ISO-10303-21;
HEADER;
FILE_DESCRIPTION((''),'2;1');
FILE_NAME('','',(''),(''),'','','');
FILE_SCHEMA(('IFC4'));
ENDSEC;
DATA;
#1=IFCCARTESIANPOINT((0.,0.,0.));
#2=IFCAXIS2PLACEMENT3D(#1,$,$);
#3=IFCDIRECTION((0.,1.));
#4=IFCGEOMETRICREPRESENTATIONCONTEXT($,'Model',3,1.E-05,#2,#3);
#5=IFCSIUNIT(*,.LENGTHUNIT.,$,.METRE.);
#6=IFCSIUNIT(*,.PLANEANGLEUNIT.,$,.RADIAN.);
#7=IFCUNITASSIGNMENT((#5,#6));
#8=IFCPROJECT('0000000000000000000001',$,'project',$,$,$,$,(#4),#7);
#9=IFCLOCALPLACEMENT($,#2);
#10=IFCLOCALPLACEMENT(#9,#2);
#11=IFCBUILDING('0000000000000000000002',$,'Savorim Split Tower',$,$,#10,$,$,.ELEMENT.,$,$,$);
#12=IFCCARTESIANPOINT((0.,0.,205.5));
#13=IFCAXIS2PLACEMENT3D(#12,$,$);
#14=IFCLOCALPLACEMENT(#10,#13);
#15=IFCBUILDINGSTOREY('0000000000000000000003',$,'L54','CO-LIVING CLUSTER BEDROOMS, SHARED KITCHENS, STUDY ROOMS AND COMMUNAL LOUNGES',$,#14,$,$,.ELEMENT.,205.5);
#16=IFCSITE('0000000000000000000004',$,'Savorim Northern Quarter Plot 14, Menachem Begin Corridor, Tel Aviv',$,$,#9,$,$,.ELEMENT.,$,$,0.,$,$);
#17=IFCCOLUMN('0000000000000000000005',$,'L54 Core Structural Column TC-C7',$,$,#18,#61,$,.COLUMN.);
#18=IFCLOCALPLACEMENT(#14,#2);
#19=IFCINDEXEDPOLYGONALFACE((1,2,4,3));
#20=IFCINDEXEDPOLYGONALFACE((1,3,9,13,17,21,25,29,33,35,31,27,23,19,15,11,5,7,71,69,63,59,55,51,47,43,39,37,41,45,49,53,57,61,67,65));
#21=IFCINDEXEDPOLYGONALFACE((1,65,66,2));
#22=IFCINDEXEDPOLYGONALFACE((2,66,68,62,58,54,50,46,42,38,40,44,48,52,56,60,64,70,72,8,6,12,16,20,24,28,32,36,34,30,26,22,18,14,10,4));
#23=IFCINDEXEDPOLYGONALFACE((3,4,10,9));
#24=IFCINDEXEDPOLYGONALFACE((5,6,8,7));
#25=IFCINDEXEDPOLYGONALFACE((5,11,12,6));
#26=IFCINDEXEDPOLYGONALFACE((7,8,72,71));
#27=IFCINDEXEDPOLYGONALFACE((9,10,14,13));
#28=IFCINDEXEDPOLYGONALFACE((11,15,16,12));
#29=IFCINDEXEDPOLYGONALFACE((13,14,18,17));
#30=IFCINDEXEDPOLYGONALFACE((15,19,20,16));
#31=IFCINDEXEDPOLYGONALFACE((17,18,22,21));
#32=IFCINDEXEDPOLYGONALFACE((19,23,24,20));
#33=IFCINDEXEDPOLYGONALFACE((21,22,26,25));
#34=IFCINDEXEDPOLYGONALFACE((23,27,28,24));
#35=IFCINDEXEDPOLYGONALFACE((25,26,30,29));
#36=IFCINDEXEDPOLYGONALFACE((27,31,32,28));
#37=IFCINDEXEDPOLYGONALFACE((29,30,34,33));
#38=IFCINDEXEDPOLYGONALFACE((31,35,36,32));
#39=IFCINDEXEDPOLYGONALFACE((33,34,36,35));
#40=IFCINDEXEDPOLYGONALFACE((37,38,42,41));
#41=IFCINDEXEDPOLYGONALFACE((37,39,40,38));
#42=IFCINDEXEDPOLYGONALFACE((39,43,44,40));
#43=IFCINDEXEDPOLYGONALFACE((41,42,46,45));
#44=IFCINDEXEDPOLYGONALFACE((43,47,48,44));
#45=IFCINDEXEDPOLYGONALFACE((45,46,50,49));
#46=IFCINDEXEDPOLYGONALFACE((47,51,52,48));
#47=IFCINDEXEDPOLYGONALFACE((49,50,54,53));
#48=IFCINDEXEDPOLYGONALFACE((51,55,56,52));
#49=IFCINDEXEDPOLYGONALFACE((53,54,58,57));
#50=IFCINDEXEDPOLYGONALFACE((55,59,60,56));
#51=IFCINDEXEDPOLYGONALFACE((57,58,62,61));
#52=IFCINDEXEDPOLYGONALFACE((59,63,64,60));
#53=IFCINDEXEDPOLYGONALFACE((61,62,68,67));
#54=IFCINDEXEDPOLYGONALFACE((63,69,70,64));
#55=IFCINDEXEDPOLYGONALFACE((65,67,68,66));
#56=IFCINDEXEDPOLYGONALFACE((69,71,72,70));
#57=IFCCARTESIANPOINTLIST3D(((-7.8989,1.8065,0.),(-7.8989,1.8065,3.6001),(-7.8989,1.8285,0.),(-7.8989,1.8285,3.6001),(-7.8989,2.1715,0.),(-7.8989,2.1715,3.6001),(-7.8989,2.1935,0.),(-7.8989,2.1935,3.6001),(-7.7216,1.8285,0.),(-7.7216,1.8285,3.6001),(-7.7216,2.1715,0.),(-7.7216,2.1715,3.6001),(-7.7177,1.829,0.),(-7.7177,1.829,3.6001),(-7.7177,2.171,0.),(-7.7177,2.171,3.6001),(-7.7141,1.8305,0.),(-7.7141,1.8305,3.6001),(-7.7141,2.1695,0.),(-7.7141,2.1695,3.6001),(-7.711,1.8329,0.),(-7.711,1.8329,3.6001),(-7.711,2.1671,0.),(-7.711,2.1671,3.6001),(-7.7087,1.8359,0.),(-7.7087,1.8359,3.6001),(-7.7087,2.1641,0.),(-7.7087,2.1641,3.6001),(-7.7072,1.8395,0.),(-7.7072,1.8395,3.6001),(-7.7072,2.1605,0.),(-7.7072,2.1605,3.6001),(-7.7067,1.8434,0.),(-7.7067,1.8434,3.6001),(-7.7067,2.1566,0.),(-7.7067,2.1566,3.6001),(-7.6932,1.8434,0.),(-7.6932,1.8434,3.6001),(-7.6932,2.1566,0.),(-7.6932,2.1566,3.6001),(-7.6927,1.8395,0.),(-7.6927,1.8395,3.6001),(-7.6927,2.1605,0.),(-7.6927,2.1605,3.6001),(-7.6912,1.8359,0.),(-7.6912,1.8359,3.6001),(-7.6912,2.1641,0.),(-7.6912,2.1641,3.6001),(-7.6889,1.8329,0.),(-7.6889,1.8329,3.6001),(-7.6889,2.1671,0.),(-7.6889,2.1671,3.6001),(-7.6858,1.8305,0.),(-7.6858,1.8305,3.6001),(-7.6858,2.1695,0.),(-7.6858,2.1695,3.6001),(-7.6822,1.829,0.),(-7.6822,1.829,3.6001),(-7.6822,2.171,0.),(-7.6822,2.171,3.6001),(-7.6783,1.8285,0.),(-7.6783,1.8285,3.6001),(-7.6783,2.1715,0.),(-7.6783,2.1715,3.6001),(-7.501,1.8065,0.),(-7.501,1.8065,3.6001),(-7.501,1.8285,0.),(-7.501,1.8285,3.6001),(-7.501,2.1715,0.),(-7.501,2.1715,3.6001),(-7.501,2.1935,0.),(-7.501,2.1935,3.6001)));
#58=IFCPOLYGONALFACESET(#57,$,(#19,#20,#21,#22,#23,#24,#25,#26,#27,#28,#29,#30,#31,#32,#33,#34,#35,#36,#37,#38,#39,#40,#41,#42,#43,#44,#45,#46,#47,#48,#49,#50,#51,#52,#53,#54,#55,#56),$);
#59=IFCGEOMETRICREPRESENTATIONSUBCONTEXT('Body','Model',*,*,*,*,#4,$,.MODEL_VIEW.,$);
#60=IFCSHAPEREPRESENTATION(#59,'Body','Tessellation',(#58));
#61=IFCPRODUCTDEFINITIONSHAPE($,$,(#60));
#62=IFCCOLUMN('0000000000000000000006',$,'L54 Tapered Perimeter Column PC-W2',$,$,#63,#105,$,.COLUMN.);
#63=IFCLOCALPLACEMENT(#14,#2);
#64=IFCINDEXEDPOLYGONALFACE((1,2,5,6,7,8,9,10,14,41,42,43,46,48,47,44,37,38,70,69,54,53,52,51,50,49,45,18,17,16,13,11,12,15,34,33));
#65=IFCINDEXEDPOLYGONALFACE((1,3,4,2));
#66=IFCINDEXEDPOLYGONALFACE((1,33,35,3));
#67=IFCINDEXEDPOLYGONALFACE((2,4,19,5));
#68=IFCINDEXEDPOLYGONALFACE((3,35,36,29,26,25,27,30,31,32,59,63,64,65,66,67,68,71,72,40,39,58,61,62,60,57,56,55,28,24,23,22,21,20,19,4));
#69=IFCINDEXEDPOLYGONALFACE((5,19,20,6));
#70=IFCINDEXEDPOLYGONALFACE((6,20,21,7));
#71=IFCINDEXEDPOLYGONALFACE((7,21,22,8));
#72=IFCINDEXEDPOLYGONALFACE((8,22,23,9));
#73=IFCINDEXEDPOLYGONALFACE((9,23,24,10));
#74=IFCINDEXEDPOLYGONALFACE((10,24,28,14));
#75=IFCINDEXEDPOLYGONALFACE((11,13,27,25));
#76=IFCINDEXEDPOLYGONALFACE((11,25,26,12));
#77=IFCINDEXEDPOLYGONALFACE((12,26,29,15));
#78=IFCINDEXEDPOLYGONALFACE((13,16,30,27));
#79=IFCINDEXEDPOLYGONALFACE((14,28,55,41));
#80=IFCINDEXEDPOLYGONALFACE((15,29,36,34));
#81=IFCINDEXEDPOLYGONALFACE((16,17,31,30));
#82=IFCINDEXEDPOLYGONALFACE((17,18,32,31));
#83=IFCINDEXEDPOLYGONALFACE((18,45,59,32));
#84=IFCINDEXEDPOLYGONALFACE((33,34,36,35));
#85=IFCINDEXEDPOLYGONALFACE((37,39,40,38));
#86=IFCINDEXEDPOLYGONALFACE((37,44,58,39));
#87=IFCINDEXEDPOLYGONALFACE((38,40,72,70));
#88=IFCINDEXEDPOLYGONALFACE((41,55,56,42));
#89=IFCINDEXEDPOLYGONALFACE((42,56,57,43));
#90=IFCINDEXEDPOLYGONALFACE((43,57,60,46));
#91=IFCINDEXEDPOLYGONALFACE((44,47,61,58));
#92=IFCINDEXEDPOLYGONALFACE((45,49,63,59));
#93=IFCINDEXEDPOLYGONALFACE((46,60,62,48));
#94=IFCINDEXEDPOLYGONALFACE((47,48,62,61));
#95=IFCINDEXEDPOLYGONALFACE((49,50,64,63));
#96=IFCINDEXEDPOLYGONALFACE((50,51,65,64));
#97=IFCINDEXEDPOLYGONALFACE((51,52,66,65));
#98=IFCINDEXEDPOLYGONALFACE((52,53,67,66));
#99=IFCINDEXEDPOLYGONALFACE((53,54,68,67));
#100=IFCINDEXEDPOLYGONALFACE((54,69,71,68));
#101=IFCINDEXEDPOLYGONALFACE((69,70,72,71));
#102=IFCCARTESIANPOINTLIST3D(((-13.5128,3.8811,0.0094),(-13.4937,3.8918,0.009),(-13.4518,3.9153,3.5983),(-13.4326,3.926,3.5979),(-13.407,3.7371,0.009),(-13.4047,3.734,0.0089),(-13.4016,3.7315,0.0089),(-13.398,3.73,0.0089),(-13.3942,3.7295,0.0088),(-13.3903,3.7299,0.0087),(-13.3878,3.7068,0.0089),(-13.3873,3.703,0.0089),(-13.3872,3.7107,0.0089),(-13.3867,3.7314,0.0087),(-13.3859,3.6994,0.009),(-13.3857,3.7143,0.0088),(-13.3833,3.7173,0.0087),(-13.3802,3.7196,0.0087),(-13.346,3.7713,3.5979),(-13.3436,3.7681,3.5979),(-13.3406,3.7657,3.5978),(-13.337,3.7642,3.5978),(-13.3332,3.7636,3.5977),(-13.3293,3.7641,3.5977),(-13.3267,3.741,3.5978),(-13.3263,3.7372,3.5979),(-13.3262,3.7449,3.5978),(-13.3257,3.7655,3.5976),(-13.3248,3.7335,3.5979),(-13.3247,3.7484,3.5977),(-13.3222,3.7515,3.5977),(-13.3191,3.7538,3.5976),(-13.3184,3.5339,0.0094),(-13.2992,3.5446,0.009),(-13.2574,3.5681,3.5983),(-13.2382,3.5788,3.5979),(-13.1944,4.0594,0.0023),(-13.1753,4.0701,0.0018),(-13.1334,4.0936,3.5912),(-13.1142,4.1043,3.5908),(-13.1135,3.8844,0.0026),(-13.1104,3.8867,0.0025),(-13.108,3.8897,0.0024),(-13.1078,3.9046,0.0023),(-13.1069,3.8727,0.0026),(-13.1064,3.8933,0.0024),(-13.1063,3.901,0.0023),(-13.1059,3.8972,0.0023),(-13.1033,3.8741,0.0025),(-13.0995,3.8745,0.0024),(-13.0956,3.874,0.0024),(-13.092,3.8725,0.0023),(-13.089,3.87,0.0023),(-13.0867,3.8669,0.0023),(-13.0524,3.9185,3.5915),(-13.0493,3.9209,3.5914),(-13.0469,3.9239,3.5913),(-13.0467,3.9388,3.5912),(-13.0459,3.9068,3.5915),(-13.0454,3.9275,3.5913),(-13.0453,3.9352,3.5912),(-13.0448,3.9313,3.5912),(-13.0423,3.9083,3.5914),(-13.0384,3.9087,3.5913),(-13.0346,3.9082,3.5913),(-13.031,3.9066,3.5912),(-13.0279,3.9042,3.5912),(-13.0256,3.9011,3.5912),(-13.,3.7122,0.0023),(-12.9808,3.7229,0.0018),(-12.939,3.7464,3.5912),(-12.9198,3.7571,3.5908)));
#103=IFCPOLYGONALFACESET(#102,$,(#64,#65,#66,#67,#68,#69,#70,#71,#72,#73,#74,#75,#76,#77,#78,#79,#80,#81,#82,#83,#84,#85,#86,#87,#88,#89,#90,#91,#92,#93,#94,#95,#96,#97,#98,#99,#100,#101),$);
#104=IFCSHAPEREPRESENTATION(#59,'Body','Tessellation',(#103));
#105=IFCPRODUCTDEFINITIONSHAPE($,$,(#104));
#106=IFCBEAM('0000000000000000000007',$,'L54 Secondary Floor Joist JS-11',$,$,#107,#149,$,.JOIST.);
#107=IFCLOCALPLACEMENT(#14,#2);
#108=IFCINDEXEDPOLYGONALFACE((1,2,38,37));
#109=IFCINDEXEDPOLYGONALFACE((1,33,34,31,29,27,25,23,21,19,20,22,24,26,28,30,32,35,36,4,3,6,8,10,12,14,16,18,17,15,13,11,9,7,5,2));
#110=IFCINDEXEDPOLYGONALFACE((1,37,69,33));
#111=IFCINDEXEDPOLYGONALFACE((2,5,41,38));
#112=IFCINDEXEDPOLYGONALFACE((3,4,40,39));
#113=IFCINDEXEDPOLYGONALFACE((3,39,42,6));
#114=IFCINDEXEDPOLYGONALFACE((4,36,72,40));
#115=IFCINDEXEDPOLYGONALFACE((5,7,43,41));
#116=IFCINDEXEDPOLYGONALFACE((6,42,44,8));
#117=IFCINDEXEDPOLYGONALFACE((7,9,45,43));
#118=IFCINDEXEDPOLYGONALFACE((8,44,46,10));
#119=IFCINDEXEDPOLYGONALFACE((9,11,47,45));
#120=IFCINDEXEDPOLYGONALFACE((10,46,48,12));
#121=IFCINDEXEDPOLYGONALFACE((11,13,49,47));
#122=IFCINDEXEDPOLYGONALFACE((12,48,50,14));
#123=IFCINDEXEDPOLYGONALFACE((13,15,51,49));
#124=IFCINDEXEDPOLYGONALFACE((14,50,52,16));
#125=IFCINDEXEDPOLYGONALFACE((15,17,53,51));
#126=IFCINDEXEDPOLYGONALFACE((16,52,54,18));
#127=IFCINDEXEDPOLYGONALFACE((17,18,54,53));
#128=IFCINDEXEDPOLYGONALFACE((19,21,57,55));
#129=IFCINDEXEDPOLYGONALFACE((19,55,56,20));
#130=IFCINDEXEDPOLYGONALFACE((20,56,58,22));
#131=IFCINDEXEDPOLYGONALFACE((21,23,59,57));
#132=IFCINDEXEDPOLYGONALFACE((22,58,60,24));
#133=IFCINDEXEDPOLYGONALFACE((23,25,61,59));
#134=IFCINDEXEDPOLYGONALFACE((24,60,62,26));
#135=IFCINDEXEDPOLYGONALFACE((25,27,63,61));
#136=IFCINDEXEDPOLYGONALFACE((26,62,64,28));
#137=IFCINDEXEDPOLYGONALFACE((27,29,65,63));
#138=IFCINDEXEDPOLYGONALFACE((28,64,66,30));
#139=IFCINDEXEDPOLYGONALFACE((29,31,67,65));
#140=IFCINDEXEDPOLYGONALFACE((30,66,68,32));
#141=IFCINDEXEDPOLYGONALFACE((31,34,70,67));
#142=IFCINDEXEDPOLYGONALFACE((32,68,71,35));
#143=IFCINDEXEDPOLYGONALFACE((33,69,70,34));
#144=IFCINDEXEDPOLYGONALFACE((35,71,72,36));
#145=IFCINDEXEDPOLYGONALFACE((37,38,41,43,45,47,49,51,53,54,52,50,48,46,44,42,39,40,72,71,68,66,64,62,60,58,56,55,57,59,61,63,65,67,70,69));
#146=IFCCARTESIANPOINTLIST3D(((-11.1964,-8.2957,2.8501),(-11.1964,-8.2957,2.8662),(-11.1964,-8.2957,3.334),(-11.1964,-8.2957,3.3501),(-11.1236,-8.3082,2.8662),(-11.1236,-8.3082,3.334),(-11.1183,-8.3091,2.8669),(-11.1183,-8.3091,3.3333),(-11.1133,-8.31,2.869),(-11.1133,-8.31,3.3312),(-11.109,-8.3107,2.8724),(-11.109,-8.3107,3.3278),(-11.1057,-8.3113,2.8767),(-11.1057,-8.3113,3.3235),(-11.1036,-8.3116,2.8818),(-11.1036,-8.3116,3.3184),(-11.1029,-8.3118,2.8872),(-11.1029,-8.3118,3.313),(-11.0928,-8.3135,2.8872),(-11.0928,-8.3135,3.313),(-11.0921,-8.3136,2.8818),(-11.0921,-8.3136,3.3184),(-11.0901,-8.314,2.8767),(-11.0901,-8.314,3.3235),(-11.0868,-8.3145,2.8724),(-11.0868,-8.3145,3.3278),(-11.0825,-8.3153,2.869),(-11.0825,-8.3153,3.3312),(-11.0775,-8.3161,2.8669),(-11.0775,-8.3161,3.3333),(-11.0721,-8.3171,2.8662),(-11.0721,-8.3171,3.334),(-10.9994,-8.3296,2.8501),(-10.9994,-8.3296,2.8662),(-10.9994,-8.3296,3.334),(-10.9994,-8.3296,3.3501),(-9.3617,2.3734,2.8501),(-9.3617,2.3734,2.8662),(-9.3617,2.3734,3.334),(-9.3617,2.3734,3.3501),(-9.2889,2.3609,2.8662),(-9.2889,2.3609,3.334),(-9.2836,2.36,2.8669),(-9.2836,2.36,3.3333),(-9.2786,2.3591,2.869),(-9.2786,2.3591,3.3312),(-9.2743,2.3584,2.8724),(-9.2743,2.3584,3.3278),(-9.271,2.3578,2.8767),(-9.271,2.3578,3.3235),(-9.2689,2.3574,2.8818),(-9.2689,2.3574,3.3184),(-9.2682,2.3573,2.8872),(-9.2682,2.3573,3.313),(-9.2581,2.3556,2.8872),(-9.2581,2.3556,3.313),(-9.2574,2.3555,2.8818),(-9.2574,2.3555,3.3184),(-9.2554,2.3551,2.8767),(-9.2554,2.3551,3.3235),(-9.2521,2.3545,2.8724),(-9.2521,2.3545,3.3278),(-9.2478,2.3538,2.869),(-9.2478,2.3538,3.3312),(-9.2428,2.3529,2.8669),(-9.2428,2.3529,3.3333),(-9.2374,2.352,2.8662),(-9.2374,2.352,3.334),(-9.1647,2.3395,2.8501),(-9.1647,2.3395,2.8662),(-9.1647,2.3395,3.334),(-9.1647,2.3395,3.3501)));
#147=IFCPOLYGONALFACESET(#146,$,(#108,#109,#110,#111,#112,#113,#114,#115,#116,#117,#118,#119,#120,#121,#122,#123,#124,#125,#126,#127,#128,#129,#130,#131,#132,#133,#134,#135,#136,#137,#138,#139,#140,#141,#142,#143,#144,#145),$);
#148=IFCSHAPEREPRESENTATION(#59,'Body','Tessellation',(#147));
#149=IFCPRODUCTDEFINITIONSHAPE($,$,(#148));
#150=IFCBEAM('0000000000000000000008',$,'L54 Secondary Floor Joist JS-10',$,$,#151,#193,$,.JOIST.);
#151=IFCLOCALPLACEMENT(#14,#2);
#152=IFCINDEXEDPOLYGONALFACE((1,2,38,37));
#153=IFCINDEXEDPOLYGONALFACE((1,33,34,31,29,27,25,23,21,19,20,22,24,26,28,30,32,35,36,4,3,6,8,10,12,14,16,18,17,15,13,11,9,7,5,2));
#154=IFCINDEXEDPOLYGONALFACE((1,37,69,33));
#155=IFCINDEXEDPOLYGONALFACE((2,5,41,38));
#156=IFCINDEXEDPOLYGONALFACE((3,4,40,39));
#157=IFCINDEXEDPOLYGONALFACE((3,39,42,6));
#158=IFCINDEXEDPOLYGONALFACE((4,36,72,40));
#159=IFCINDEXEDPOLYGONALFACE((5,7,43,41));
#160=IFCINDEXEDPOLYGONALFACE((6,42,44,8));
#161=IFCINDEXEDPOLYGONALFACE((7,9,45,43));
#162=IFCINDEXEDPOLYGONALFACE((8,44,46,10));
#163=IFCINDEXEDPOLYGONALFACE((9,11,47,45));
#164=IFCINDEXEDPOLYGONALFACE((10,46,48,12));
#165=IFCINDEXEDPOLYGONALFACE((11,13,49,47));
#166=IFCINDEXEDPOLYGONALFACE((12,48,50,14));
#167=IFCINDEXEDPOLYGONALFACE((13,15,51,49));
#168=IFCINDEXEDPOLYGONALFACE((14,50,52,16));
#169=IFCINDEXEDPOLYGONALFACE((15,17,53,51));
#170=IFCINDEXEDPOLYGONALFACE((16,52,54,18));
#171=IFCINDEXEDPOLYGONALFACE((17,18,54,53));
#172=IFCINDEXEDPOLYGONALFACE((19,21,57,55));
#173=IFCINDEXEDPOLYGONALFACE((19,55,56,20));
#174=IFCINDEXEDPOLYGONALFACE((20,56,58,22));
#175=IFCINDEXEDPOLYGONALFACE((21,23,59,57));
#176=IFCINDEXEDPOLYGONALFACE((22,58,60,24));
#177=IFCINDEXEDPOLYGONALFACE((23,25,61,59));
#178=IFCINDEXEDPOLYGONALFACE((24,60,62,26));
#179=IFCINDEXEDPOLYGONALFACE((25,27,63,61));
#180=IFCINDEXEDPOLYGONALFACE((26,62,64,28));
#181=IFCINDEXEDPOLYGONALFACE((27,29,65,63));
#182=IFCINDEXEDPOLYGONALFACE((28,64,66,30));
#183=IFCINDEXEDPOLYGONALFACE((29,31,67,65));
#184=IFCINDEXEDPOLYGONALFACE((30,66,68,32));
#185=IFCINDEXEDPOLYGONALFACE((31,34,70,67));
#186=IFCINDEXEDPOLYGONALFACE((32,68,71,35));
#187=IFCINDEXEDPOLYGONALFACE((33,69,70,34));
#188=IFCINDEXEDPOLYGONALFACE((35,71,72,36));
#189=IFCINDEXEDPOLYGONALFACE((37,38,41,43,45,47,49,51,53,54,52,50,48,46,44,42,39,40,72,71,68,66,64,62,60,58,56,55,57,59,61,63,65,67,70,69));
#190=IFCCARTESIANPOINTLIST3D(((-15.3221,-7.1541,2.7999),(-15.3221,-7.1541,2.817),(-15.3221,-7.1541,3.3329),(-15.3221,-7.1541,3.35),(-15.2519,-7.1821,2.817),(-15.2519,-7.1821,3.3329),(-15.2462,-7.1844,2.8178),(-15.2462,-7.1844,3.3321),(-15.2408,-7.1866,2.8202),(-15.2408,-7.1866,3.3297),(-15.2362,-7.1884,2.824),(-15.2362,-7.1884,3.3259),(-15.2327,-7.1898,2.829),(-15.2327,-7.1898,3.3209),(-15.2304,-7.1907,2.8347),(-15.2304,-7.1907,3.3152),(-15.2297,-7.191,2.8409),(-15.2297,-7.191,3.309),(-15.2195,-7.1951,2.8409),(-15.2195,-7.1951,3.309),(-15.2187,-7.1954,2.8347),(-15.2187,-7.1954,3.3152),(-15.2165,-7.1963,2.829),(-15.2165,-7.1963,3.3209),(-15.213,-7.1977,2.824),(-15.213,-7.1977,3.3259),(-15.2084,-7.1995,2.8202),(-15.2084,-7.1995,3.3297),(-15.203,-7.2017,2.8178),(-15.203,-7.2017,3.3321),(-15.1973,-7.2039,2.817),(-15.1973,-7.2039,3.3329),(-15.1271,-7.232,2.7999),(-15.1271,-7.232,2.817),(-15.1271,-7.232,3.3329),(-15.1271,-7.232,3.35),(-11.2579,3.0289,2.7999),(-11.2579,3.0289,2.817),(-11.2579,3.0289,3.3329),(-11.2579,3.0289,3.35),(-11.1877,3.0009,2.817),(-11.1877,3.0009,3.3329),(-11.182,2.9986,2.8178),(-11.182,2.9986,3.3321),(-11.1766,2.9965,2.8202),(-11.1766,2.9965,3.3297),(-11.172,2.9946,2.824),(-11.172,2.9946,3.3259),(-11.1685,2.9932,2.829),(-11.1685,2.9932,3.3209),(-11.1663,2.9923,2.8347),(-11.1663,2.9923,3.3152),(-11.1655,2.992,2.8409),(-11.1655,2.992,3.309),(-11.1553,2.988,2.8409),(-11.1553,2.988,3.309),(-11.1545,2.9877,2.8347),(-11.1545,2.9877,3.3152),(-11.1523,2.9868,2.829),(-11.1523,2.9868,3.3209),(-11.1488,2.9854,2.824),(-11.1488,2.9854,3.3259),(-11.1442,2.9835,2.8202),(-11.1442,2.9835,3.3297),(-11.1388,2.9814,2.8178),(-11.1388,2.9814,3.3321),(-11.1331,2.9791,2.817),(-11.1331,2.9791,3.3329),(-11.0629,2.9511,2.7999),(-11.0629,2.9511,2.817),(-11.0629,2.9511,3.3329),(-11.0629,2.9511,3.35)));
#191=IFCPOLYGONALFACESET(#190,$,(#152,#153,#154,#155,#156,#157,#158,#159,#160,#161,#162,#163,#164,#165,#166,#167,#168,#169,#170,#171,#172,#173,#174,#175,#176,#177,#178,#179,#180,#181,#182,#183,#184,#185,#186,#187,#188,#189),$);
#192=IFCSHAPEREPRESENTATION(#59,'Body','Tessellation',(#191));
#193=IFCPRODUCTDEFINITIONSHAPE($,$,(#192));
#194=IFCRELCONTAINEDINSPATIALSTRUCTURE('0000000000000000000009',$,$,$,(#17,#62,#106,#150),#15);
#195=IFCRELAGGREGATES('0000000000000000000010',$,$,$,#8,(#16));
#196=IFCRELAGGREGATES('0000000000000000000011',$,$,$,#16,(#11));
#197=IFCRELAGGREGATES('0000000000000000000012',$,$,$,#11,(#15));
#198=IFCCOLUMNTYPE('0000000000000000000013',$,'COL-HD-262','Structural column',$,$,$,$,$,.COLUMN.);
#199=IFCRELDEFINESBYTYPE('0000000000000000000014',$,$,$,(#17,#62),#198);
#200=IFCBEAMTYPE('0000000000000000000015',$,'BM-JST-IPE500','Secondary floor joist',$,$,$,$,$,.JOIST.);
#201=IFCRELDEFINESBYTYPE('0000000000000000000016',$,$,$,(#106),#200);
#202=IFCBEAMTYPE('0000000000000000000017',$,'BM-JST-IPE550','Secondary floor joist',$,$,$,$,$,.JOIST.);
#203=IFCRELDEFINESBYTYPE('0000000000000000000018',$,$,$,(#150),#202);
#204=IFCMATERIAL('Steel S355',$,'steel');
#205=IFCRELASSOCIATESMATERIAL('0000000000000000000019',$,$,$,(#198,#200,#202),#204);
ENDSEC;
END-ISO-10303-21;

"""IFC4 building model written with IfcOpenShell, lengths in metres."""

from ifc_helpers import new_model, si_unit, direction, frame, origin, origin_2d, place, context, subcontext, project, spatial, i_section, extrude, material, material_profile, profile_set, type_object, element, save


model = new_model("IFC4")

# Units and contexts
model_context = context("Model", 3, precision=1e-05, world=origin(), true_north=direction((0.0, 1.0)))
body_context = subcontext(model_context, "Body", "Model", "MODEL_VIEW")
ifc_project = project(units=[si_unit("LENGTHUNIT", "METRE"), si_unit("PLANEANGLEUNIT", "RADIAN")], contexts=[model_context])

# Site, building, storey
site_placement = place(None, origin())
site = spatial("IfcSite", under=ifc_project, at=site_placement, Name="Savorim Northern Quarter Plot 14, Menachem Begin Corridor, Tel Aviv", CompositionType="ELEMENT", RefElevation=0.0)
building_placement = place(site_placement, origin())
building = spatial("IfcBuilding", under=site, at=building_placement, Name="Savorim Split Tower", CompositionType="ELEMENT")
storey_placement = place(building_placement, frame((0.0, 0.0, 205.5)))
storey = spatial("IfcBuildingStorey", under=building, at=storey_placement, Name="L54", Description="CO-LIVING CLUSTER BEDROOMS, SHARED KITCHENS, STUDY ROOMS AND COMMUNAL LOUNGES", CompositionType="ELEMENT", Elevation=205.5)

# Columns
ifc_material_1 = material(Name="Steel S355", Category="steel")
ifc_material_profile_1 = material_profile(ifc_material_1, i_section(OverallWidth=0.3979, OverallDepth=0.387, WebThickness=0.0134, FlangeThickness=0.022, FilletRadius=0.0149, at=origin_2d()), Name="HD 400x262")
ifc_profile_set_1 = profile_set([ifc_material_profile_1], Name="Steel S355")
column_type = type_object("IfcColumnType", Name="COL-HD-262", Description="Structural column", PredefinedType="COLUMN", material=ifc_profile_set_1)
column_1_placement = place(storey_placement, frame((-7.7, 2.0, 0.0), z_axis=(0.0, 0.0, 1.0), x_axis=(1.0, 0.0, 0.0)))
element("IfcColumn", 1, at=column_1_placement, inside=storey, type_object=column_type, Name="L54 Core Structural Column TC-C7", PredefinedType="COLUMN", context=body_context, shape_type="SweptSolid", body=[
    extrude(i_section(OverallWidth=0.3979, OverallDepth=0.387, WebThickness=0.0134, FlangeThickness=0.022, FilletRadius=0.0149, at=origin_2d()), origin(), (0.0, 0.0, 1.0), 3.6001),
])
column_2_placement = place(storey_placement, frame((-13.2468, 3.802, 0.0056), z_axis=(0.017004, 0.009522, 0.99981), x_axis=(-0.488603, 0.872506, 0.0)))
element("IfcColumn", 2, at=column_2_placement, inside=storey, type_object=column_type, Name="L54 Tapered Perimeter Column PC-W2", PredefinedType="COLUMN", context=body_context, shape_type="SweptSolid", body=[
    extrude(i_section(OverallWidth=0.3979, OverallDepth=0.387, WebThickness=0.0134, FlangeThickness=0.022, FilletRadius=0.0149, at=origin_2d()), origin(), (0.0, 0.0, 1.0), 3.5896),
])

# Beams
ifc_material_profile_2 = material_profile(ifc_material_1, i_section(OverallWidth=0.2, OverallDepth=0.5, WebThickness=0.0103, FlangeThickness=0.0161, FilletRadius=0.021, at=origin_2d()), Name="IPE 500")
ifc_profile_set_2 = profile_set([ifc_material_profile_2], Name="Steel S355")
beam_type_1 = type_object("IfcBeamType", Name="BM-JST-IPE500", Description="Secondary floor joist", PredefinedType="JOIST", material=ifc_profile_set_2)
beam_1_placement = place(storey_placement, frame((-9.2632, 2.3564, 3.1001), z_axis=(-0.169476, -0.985534, 0.0), x_axis=(0.985534, -0.169476, 0.0)))
element("IfcBeam", 3, at=beam_1_placement, inside=storey, type_object=beam_type_1, Name="L54 Secondary Floor Joist JS-11", PredefinedType="JOIST", context=body_context, shape_type="SweptSolid", body=[
    extrude(i_section(OverallWidth=0.2, OverallDepth=0.5, WebThickness=0.0103, FlangeThickness=0.0161, FilletRadius=0.021, at=origin_2d()), origin(), (0.0, 0.0, 1.0), 10.8257),
])
ifc_material_profile_3 = material_profile(ifc_material_1, i_section(OverallWidth=0.21, OverallDepth=0.55, WebThickness=0.011, FlangeThickness=0.0171, FilletRadius=0.0239, at=origin_2d()), Name="IPE 550")
ifc_profile_set_3 = profile_set([ifc_material_profile_3], Name="Steel S355")
beam_type_2 = type_object("IfcBeamType", Name="BM-JST-IPE550", Description="Secondary floor joist", PredefinedType="JOIST", material=ifc_profile_set_3)
beam_2_placement = place(storey_placement, frame((-11.1604, 2.99, 3.075), z_axis=(-0.37068, -0.928761, 0.0), x_axis=(0.928761, -0.37068, 0.0)))
element("IfcBeam", 4, at=beam_2_placement, inside=storey, type_object=beam_type_2, Name="L54 Secondary Floor Joist JS-10", PredefinedType="JOIST", context=body_context, shape_type="SweptSolid", body=[
    extrude(i_section(OverallWidth=0.21, OverallDepth=0.55, WebThickness=0.011, FlangeThickness=0.0171, FilletRadius=0.0239, at=origin_2d()), origin(), (0.0, 0.0, 1.0), 10.9641),
])

save(model, "model.ifc")
